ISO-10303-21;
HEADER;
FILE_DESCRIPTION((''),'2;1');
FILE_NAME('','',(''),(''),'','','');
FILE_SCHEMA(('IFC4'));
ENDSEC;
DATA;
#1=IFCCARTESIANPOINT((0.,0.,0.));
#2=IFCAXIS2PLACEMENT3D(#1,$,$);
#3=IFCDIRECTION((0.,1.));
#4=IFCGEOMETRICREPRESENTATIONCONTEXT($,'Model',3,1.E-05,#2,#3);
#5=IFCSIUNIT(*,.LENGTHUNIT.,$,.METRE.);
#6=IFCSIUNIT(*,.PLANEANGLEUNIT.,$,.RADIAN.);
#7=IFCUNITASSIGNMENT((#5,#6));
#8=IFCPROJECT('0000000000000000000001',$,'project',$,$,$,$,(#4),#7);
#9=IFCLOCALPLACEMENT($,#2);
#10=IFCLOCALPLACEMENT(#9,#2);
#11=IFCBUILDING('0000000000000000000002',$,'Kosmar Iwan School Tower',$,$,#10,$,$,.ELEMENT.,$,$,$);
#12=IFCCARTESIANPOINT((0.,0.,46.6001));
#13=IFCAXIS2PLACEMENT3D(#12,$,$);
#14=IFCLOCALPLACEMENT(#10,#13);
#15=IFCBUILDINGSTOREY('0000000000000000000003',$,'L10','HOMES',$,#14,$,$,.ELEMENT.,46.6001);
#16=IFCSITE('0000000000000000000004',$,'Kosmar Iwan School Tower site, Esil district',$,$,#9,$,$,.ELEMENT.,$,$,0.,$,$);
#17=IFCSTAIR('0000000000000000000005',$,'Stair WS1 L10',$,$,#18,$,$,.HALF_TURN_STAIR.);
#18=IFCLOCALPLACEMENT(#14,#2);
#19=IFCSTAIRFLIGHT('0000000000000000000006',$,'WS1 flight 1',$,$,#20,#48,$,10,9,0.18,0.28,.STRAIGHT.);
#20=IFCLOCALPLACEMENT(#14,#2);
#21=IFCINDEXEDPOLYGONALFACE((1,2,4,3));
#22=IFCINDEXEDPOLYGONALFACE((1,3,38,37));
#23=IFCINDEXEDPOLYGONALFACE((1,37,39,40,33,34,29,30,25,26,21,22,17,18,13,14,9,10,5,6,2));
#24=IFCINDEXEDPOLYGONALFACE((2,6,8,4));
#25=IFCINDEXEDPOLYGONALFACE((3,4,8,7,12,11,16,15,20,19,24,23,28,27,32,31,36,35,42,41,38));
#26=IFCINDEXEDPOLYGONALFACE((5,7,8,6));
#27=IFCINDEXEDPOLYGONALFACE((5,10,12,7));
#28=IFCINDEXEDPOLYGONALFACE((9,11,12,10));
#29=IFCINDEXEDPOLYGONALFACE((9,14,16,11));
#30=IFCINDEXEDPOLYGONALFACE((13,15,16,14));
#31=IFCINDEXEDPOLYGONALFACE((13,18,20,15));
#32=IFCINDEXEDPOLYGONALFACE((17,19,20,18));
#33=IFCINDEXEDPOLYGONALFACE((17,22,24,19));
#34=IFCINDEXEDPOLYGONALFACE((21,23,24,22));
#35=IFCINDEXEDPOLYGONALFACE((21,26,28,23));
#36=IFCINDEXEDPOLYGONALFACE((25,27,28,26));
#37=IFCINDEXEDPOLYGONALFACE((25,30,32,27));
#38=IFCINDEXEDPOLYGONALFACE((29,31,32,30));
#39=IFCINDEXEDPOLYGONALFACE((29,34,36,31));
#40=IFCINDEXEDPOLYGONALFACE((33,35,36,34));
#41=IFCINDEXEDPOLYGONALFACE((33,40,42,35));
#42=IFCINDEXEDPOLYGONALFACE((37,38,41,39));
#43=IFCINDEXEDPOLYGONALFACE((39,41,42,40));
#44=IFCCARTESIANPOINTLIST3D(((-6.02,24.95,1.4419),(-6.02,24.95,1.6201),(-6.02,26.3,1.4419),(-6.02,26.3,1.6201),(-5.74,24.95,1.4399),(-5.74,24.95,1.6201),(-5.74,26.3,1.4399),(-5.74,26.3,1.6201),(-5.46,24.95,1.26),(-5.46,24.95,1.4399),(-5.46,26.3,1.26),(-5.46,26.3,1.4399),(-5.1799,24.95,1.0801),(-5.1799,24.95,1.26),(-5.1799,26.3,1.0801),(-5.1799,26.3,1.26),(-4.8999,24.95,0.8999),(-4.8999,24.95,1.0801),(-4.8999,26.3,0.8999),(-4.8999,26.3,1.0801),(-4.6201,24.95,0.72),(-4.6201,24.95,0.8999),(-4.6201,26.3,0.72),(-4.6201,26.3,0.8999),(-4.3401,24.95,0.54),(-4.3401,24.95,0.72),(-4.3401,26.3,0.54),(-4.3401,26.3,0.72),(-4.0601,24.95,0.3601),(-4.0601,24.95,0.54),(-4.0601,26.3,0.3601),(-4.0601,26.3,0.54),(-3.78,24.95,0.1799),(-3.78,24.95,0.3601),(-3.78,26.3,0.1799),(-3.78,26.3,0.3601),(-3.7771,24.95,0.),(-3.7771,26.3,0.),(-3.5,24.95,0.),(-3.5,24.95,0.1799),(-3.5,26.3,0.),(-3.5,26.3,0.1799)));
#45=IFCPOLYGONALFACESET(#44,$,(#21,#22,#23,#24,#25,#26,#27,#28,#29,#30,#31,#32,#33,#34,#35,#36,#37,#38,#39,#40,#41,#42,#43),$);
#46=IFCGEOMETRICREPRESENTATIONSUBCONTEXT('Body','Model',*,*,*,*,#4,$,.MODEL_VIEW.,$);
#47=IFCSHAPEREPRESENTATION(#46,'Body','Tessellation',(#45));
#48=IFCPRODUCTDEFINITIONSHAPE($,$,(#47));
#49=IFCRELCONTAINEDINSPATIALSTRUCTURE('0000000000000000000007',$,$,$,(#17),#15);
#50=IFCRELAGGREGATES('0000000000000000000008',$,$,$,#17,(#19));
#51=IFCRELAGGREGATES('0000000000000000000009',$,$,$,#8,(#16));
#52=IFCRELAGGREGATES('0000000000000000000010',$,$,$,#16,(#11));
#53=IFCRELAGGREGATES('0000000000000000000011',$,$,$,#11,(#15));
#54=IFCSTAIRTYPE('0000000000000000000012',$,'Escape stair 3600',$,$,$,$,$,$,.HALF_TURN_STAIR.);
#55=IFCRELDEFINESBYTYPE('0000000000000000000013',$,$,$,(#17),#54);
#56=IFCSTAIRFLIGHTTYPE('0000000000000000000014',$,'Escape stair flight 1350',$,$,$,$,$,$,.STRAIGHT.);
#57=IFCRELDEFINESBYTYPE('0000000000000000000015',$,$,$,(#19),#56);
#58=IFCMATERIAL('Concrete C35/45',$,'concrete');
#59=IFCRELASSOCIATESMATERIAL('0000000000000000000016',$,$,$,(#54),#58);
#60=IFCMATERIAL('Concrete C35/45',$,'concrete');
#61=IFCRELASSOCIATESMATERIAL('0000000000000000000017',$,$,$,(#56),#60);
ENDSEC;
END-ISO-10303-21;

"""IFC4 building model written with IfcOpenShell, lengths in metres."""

from ifc_helpers import new_model, si_unit, direction, frame, origin, place, context, subcontext, project, spatial, polyline, outline, extrude, material, type_object, element, aggregate, save


model = new_model("IFC4")

# Units and contexts
model_context = context("Model", 3, precision=1e-05, world=origin(), true_north=direction((0.0, 1.0)))
body_context = subcontext(model_context, "Body", "Model", "MODEL_VIEW")
ifc_project = project(units=[si_unit("LENGTHUNIT", "METRE"), si_unit("PLANEANGLEUNIT", "RADIAN")], contexts=[model_context])

# Site, building, storey
site_placement = place(None, origin())
site = spatial("IfcSite", under=ifc_project, at=site_placement, Name="Kosmar Iwan School Tower site, Esil district", CompositionType="ELEMENT", RefElevation=0.0)
building_placement = place(site_placement, origin())
building = spatial("IfcBuilding", under=site, at=building_placement, Name="Kosmar Iwan School Tower", CompositionType="ELEMENT")
storey_placement = place(building_placement, frame((0.0, 0.0, 46.6001)))
storey = spatial("IfcBuildingStorey", under=building, at=storey_placement, Name="L10", Description="HOMES", CompositionType="ELEMENT", Elevation=46.6001)

# Stair, stair flight
ifc_material_1 = material(Name="Concrete C35/45", Category="concrete")
stair_type = type_object("IfcStairType", Name="Escape stair 3600", PredefinedType="HALF_TURN_STAIR", material=ifc_material_1)
stair_placement = place(storey_placement, origin())
stair = element("IfcStair", 1, at=stair_placement, inside=storey, type_object=stair_type, Name="Stair WS1 L10", PredefinedType="HALF_TURN_STAIR")
ifc_material_2 = material(Name="Concrete C35/45", Category="concrete")
stair_flight_type = type_object("IfcStairFlightType", Name="Escape stair flight 1350", PredefinedType="STRAIGHT", material=ifc_material_2)
stair_flight_placement = place(storey_placement, frame((-3.5, 25.625, 0.0), z_axis=(0.0, 0.0, 1.0), x_axis=(-1.0, 0.0, 0.0)))
stair_flight = element("IfcStairFlight", 2, at=stair_flight_placement, type_object=stair_flight_type, Name="WS1 flight 1", NumberOfRisers=10, NumberOfTreads=9, PredefinedType="STRAIGHT", RiserHeight=0.18, TreadLength=0.28, context=body_context, shape_type="SweptSolid", body=[
    extrude(outline(polyline([(0.0, 0.0), (0.0, 0.1799), (0.28, 0.1799), (0.28, 0.3601), (0.5601, 0.3601), (0.5601, 0.54), (0.8401, 0.54), (0.8401, 0.72), (1.1201, 0.72), (1.1201, 0.8999), (1.3999, 0.8999), (1.3999, 1.0801), (1.6799, 1.0801), (1.6799, 1.26), (1.96, 1.26), (1.96, 1.4399), (2.24, 1.4399), (2.24, 1.6201), (2.52, 1.6201), (2.52, 1.8), (2.52, 1.4419), (0.2771, 0.0), (0.0, 0.0)])), frame((0.0, 0.675, 0.0), z_axis=(0.0, -1.0, 0.0), x_axis=(1.0, 0.0, 0.0)), (0.0, 0.0, 1.0), 1.3501),
])
aggregate(stair, [stair_flight])

save(model, "model.ifc")
